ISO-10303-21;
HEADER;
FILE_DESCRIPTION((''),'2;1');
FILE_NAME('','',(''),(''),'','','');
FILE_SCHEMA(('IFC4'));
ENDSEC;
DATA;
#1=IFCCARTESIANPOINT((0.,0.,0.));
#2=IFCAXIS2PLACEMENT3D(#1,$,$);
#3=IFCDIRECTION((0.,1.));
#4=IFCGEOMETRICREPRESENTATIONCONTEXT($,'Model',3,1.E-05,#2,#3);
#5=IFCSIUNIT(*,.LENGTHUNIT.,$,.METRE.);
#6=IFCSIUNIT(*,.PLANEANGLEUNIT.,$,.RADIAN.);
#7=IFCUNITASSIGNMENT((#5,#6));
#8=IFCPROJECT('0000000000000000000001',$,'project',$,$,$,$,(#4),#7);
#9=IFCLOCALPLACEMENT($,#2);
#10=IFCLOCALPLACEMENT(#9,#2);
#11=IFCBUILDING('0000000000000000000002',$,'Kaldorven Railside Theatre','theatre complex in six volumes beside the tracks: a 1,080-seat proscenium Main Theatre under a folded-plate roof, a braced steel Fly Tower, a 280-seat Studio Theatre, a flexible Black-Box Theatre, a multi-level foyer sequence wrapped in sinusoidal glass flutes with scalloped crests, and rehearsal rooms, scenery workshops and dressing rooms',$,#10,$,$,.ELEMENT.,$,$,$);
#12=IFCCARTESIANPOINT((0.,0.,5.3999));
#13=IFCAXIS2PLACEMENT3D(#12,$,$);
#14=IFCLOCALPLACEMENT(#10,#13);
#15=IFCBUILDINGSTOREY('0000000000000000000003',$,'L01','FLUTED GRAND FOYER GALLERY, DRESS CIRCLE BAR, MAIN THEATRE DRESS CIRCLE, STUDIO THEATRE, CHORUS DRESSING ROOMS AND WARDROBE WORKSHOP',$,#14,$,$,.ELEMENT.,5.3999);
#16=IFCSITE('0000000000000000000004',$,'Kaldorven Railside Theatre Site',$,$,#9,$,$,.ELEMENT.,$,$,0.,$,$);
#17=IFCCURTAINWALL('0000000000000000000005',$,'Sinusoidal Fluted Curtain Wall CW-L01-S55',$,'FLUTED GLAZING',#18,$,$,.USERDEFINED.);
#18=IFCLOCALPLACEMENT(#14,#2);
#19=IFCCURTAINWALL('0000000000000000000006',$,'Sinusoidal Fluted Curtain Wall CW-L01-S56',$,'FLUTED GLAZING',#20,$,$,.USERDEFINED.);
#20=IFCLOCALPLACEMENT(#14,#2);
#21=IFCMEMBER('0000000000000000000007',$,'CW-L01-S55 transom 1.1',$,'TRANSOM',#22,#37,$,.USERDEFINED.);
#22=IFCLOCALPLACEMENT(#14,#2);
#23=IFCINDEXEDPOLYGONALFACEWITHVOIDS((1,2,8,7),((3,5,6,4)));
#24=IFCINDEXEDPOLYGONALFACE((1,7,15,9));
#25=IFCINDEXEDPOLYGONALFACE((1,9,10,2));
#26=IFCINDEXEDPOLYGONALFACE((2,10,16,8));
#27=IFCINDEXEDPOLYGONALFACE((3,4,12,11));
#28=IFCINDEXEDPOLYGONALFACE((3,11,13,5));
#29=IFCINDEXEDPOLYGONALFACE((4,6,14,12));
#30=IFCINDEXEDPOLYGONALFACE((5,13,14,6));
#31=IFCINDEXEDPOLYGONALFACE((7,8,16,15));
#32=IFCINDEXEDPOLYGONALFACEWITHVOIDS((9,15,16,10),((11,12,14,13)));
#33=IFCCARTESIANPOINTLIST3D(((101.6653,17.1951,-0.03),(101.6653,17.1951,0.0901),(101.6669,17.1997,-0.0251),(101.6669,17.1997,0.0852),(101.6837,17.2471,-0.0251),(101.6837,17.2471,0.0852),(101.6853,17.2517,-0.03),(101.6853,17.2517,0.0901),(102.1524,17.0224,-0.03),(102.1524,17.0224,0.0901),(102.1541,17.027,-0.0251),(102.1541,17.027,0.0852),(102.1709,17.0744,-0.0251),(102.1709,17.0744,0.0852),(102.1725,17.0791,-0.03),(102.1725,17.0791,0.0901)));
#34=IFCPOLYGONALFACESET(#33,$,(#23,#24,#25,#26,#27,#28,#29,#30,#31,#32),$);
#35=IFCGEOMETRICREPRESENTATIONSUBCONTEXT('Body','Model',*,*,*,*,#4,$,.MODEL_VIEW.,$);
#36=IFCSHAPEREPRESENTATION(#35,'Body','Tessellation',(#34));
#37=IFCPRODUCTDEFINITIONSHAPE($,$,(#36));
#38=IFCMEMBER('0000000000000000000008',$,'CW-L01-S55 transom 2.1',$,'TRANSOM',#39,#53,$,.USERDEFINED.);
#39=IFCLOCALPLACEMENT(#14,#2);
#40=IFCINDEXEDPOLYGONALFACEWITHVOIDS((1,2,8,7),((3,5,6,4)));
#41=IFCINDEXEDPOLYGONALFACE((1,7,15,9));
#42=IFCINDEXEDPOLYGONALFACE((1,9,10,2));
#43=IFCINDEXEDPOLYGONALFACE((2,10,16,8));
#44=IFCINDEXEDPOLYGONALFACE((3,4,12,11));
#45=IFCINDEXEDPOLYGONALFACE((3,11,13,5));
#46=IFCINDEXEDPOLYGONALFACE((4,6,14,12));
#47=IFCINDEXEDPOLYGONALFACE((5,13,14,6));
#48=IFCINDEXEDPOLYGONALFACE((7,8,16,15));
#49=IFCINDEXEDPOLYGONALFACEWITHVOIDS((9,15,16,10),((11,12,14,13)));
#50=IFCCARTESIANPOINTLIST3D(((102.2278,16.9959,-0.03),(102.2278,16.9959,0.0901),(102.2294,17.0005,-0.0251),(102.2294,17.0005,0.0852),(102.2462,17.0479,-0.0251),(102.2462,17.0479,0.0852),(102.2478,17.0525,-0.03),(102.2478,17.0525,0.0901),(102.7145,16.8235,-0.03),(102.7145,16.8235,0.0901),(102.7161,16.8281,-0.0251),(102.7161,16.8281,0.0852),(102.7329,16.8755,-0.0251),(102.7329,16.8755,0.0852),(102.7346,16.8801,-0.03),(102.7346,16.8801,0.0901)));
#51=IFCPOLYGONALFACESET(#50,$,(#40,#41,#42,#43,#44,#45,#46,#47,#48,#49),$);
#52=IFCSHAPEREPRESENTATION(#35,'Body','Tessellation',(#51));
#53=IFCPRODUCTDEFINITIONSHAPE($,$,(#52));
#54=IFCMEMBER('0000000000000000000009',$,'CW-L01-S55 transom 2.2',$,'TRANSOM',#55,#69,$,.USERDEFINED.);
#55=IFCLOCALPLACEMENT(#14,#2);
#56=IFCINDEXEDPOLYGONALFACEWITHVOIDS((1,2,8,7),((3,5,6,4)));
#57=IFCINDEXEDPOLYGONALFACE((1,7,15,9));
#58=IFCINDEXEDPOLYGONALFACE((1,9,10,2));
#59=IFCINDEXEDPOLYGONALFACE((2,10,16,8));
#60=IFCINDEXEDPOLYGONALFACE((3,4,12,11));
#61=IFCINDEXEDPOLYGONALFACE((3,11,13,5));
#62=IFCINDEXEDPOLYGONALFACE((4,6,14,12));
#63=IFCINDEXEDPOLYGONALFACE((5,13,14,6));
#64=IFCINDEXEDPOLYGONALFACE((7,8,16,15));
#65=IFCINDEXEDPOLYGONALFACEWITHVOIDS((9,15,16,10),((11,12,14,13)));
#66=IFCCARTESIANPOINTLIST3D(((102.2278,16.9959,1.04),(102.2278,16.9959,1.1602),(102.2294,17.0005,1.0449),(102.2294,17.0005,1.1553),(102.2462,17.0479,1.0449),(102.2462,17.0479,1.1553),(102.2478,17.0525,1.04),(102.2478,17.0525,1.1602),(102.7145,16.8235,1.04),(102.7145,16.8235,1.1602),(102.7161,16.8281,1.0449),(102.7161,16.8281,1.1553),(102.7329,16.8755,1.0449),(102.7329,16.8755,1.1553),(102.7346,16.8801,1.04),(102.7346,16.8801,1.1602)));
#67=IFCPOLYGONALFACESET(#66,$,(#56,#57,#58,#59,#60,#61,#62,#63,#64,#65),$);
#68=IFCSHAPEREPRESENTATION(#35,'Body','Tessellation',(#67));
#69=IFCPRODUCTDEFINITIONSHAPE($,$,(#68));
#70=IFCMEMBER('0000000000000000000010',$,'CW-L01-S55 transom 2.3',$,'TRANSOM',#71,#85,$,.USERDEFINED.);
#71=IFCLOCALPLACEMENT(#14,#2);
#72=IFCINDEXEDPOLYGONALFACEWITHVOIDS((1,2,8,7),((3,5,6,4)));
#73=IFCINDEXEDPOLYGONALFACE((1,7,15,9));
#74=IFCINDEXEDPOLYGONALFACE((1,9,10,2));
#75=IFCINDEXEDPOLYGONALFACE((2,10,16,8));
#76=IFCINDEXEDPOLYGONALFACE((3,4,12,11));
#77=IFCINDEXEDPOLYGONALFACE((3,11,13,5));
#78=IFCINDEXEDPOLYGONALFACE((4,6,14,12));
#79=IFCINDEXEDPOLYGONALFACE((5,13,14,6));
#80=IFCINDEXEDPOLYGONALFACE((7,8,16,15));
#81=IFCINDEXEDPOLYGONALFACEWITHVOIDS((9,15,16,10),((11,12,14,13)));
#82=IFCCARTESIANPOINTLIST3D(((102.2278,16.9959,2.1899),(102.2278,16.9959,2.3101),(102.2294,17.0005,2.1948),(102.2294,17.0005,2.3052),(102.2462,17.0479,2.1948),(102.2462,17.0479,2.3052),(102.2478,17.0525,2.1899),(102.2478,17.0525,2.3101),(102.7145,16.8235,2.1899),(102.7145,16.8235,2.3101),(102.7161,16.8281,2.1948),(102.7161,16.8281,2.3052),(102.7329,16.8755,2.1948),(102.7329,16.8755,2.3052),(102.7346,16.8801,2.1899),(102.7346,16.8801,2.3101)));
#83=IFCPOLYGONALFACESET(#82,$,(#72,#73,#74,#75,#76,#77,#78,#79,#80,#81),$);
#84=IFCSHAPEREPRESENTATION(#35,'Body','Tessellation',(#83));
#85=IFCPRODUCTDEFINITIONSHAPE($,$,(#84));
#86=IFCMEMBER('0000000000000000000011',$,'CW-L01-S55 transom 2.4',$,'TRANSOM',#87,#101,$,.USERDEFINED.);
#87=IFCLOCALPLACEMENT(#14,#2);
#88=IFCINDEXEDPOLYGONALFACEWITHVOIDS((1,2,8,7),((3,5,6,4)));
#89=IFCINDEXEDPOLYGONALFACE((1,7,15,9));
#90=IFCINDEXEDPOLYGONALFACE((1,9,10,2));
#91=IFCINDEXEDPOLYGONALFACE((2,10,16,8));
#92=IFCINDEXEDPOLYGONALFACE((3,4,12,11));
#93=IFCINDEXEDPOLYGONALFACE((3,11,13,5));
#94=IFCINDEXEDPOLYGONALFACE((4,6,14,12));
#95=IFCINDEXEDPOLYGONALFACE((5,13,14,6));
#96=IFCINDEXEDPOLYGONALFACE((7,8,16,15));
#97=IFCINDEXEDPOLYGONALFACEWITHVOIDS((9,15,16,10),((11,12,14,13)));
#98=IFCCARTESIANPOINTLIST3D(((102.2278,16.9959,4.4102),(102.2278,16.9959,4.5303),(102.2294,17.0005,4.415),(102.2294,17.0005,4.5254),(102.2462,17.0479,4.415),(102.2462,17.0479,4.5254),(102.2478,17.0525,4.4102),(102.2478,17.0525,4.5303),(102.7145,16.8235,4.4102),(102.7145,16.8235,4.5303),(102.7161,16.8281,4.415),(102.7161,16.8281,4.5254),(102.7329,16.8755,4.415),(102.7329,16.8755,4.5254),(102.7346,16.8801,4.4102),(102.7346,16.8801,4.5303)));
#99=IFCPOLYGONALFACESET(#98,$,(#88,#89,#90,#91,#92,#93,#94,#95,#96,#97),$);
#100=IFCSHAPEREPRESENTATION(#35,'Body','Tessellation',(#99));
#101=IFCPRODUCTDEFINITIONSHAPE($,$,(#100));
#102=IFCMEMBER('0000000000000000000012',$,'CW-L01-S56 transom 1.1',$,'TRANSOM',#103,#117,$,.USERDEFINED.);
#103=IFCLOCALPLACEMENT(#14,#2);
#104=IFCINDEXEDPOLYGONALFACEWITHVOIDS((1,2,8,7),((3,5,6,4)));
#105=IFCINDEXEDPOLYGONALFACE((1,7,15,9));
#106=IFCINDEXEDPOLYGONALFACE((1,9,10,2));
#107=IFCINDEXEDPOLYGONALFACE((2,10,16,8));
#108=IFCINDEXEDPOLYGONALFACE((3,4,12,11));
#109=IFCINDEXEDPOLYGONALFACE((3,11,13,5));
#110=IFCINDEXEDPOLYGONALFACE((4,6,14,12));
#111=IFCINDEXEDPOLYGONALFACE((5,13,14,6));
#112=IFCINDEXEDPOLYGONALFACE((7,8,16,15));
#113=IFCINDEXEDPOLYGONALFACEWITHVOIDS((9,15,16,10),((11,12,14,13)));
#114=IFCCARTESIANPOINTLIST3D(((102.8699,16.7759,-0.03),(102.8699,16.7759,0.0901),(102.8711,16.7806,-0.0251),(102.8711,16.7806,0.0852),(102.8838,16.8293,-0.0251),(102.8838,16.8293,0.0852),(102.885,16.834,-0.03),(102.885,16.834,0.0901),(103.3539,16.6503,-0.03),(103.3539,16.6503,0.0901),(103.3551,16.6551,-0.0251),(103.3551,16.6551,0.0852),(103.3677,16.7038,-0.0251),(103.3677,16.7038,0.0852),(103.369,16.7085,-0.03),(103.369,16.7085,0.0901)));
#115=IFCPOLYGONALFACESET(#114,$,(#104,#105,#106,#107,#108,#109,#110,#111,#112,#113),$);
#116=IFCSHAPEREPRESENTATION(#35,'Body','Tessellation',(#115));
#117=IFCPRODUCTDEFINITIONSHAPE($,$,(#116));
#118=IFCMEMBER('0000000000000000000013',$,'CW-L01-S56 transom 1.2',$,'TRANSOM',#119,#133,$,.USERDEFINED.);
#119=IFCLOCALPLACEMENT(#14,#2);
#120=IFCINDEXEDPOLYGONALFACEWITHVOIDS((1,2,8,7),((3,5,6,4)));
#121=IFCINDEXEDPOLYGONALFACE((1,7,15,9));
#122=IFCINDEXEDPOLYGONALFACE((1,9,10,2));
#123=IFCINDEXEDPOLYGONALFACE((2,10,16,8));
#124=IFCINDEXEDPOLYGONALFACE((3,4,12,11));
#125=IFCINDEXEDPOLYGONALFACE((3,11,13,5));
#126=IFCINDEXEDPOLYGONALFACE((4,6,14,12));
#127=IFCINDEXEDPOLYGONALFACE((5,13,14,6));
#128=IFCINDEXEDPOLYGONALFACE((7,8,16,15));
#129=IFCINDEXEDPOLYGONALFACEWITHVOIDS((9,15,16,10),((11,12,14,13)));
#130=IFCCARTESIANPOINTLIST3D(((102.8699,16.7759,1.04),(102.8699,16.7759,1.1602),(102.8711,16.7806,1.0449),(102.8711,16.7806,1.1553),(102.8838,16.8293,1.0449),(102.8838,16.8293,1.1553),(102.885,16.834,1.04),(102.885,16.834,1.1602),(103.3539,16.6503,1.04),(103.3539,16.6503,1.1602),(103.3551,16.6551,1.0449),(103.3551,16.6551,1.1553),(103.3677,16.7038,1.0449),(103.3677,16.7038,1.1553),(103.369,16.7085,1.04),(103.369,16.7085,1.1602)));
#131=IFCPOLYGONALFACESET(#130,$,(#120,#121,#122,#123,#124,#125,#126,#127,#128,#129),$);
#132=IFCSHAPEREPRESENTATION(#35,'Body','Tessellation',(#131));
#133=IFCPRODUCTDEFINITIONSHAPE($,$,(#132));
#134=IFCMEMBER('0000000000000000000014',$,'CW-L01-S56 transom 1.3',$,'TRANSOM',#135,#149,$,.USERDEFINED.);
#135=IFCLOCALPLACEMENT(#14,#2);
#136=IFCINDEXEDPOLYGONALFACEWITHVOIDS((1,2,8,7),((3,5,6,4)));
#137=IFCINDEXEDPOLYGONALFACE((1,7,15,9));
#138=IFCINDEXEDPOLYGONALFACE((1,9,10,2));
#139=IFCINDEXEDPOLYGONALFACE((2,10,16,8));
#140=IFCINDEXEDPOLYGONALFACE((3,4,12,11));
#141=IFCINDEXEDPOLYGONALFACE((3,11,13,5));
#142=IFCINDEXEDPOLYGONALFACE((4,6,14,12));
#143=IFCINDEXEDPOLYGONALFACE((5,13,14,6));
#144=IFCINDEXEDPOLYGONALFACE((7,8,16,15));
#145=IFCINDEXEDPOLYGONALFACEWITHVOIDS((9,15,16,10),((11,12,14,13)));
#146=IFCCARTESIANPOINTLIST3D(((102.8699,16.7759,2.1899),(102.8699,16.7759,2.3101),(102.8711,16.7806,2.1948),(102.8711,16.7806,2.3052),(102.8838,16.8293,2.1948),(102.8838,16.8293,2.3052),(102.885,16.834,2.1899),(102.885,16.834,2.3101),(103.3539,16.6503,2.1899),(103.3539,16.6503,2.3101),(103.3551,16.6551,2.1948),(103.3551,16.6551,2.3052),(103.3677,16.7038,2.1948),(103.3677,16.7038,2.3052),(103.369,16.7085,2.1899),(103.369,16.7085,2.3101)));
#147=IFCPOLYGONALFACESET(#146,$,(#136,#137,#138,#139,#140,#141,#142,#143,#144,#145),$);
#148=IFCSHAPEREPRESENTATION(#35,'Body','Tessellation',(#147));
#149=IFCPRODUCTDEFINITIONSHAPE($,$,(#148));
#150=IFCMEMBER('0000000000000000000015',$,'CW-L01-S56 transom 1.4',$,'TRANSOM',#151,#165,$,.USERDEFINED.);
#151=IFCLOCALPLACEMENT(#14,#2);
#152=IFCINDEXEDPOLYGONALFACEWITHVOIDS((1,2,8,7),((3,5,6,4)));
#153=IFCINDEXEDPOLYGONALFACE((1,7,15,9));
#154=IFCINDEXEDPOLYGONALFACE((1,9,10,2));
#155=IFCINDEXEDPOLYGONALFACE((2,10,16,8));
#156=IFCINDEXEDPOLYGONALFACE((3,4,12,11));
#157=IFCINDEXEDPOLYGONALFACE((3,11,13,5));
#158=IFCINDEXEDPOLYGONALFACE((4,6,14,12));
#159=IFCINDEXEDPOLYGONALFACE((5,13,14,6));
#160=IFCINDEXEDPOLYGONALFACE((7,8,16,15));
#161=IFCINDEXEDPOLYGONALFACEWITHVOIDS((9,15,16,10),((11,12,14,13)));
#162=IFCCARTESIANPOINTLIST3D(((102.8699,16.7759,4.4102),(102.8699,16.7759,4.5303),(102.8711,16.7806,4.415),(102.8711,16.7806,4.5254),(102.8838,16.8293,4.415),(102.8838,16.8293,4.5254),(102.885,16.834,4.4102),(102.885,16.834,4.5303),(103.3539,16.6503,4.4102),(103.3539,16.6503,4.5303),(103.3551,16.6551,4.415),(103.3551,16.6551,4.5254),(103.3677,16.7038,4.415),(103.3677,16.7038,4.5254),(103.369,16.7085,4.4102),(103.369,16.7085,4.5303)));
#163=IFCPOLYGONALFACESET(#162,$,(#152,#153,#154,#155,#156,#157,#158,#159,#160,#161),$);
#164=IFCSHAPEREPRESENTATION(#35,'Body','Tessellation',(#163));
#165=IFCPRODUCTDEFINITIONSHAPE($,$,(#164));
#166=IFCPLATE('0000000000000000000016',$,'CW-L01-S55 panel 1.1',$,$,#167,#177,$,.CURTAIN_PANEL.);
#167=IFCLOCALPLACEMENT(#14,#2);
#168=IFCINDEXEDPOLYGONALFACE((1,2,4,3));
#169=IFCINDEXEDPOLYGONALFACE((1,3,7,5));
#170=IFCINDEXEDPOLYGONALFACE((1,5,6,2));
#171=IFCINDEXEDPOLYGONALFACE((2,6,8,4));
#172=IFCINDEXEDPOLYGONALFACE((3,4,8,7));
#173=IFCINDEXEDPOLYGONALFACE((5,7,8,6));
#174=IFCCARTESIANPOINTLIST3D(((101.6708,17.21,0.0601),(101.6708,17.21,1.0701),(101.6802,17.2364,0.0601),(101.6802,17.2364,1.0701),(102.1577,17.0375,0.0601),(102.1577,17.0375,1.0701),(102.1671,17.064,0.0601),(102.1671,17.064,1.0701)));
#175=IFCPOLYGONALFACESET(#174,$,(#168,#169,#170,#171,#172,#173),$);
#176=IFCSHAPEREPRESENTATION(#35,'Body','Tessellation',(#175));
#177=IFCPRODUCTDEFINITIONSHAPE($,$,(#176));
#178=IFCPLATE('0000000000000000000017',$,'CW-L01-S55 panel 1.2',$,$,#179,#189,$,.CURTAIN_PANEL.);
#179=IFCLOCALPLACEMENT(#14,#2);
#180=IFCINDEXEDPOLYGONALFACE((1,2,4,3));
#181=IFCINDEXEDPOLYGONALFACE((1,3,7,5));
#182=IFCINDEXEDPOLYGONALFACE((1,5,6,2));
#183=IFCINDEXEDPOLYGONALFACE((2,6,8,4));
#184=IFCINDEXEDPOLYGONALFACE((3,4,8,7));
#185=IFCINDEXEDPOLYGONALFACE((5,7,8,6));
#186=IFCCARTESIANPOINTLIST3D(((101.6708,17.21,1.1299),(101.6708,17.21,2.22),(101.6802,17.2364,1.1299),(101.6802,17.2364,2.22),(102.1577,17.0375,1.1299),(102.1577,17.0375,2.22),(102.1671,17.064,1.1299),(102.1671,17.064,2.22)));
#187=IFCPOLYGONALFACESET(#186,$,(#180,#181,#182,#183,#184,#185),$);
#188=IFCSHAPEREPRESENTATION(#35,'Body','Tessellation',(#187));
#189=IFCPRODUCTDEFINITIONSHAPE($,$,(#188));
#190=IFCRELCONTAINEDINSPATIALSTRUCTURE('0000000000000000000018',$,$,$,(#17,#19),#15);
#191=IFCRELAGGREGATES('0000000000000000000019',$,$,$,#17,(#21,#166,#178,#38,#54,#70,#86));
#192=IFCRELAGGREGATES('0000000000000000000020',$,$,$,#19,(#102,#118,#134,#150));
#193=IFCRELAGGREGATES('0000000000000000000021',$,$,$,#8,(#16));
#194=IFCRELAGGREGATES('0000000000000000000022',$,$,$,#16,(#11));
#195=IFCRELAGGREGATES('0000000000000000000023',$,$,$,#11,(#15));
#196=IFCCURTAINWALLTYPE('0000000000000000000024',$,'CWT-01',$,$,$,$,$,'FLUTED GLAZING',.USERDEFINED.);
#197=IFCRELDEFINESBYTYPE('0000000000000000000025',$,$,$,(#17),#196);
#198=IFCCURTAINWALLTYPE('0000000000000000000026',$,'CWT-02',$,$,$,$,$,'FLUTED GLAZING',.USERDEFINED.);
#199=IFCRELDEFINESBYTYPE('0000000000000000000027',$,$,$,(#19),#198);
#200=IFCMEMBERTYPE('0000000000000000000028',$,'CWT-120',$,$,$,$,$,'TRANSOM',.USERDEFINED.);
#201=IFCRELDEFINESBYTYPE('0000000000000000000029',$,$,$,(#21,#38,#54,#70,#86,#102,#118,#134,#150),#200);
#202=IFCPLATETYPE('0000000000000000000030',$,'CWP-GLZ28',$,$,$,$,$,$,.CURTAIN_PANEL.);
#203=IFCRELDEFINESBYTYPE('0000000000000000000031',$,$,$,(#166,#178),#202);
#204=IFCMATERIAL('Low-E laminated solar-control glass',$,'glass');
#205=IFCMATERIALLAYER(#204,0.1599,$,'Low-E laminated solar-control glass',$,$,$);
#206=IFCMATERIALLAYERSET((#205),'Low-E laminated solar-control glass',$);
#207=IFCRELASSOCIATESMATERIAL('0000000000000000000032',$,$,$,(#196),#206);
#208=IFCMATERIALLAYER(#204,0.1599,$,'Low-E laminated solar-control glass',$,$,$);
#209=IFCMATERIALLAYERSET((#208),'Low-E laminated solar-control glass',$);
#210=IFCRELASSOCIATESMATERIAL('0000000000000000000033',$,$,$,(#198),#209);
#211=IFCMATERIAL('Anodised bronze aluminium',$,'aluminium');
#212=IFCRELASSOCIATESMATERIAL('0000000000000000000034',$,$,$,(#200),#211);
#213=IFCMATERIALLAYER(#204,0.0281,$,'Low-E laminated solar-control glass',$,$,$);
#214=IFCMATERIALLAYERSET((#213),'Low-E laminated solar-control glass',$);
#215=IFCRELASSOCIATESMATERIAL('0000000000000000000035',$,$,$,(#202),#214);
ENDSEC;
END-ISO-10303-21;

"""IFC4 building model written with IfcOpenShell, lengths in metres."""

from ifc_helpers import new_model, si_unit, direction, frame, origin, origin_2d, place, context, subcontext, project, spatial, rectangle, hollow_rectangle, extrude, material, layer, layer_set, material_profile, profile_set, type_object, element, aggregate, save


model = new_model("IFC4")

# Units and contexts
model_context = context("Model", 3, precision=1e-05, world=origin(), true_north=direction((0.0, 1.0)))
body_context = subcontext(model_context, "Body", "Model", "MODEL_VIEW")
ifc_project = project(units=[si_unit("LENGTHUNIT", "METRE"), si_unit("PLANEANGLEUNIT", "RADIAN")], contexts=[model_context])

# Site, building, storey
site_placement = place(None, origin())
site = spatial("IfcSite", under=ifc_project, at=site_placement, Name="Kaldorven Railside Theatre Site", CompositionType="ELEMENT", RefElevation=0.0)
building_placement = place(site_placement, origin())
building = spatial("IfcBuilding", under=site, at=building_placement, Name="Kaldorven Railside Theatre", Description="theatre complex in six volumes beside the tracks: a 1,080-seat proscenium Main Theatre under a folded-plate roof, a braced steel Fly Tower, a 280-seat Studio Theatre, a flexible Black-Box Theatre, a multi-level foyer sequence wrapped in sinusoidal glass flutes with scalloped crests, and rehearsal rooms, scenery workshops and dressing rooms", CompositionType="ELEMENT")
storey_placement = place(building_placement, frame((0.0, 0.0, 5.3999)))
storey = spatial("IfcBuildingStorey", under=building, at=storey_placement, Name="L01", Description="FLUTED GRAND FOYER GALLERY, DRESS CIRCLE BAR, MAIN THEATRE DRESS CIRCLE, STUDIO THEATRE, CHORUS DRESSING ROOMS AND WARDROBE WORKSHOP", CompositionType="ELEMENT", Elevation=5.3999)

# Curtain walls
ifc_material_1 = material(Name="Low-E laminated solar-control glass", Category="glass")
ifc_layer_1 = layer(ifc_material_1, 0.1599, Name="Low-E laminated solar-control glass")
ifc_layer_set_1 = layer_set([ifc_layer_1], Name="Low-E laminated solar-control glass")
curtain_wall_type_1 = type_object("IfcCurtainWallType", Name="CWT-01", ElementType="FLUTED GLAZING", PredefinedType="USERDEFINED", material=ifc_layer_set_1)
curtain_wall_1_placement = place(storey_placement, origin())
curtain_wall_1 = element("IfcCurtainWall", 1, at=curtain_wall_1_placement, inside=storey, type_object=curtain_wall_type_1, Name="Sinusoidal Fluted Curtain Wall CW-L01-S55", ObjectType="FLUTED GLAZING", PredefinedType="USERDEFINED")
ifc_material_2 = material(Name="Anodised bronze aluminium", Category="aluminium")
ifc_layer_2 = layer(ifc_material_1, 0.1599, Name="Low-E laminated solar-control glass")
ifc_layer_set_2 = layer_set([ifc_layer_2], Name="Low-E laminated solar-control glass")
curtain_wall_type_2 = type_object("IfcCurtainWallType", Name="CWT-02", ElementType="FLUTED GLAZING", PredefinedType="USERDEFINED", material=ifc_layer_set_2)
curtain_wall_2_placement = place(storey_placement, origin())
curtain_wall_2 = element("IfcCurtainWall", 2, at=curtain_wall_2_placement, inside=storey, type_object=curtain_wall_type_2, Name="Sinusoidal Fluted Curtain Wall CW-L01-S56", ObjectType="FLUTED GLAZING", PredefinedType="USERDEFINED")

# Members
ifc_material_profile_1 = material_profile(ifc_material_2, hollow_rectangle(XDim=0.0601, YDim=0.1201, WallThickness=0.0049, at=origin_2d()), Name="RHS 120x60x5")
ifc_profile_set_1 = profile_set([ifc_material_profile_1], Name="Anodised bronze aluminium")
member_type_1 = type_object("IfcMemberType", Name="CWT-120", ElementType="TRANSOM", PredefinedType="USERDEFINED", material=ifc_profile_set_1)
member_1_placement = place(storey_placement, frame((101.6753, 17.2234, 0.03), z_axis=(0.942562, -0.334031, 0.0), x_axis=(0.334031, 0.942562, 0.0)))
member_1 = element("IfcMember", 3, at=member_1_placement, type_object=member_type_1, Name="CW-L01-S55 transom 1.1", ObjectType="TRANSOM", PredefinedType="USERDEFINED", context=body_context, shape_type="SweptSolid", body=[
    extrude(hollow_rectangle(XDim=0.0601, YDim=0.1201, WallThickness=0.0049, at=origin_2d()), origin(), (0.0, 0.0, 1.0), 0.5168),
])
member_2_placement = place(storey_placement, frame((102.2378, 17.0242, 0.03), z_axis=(0.942658, -0.33376, 0.0), x_axis=(0.33376, 0.942658, 0.0)))
member_2 = element("IfcMember", 4, at=member_2_placement, type_object=member_type_1, Name="CW-L01-S55 transom 2.1", ObjectType="TRANSOM", PredefinedType="USERDEFINED", context=body_context, shape_type="SweptSolid", body=[
    extrude(hollow_rectangle(XDim=0.0601, YDim=0.1201, WallThickness=0.0049, at=origin_2d()), origin(), (0.0, 0.0, 1.0), 0.5164),
])
member_3_placement = place(storey_placement, frame((102.2378, 17.0242, 1.1001), z_axis=(0.942658, -0.33376, 0.0), x_axis=(0.33376, 0.942658, 0.0)))
member_3 = element("IfcMember", 5, at=member_3_placement, type_object=member_type_1, Name="CW-L01-S55 transom 2.2", ObjectType="TRANSOM", PredefinedType="USERDEFINED", context=body_context, shape_type="SweptSolid", body=[
    extrude(hollow_rectangle(XDim=0.0601, YDim=0.1201, WallThickness=0.0049, at=origin_2d()), origin(), (0.0, 0.0, 1.0), 0.5164),
])
member_4_placement = place(storey_placement, frame((102.2378, 17.0242, 2.25), z_axis=(0.942658, -0.33376, 0.0), x_axis=(0.33376, 0.942658, 0.0)))
member_4 = element("IfcMember", 6, at=member_4_placement, type_object=member_type_1, Name="CW-L01-S55 transom 2.3", ObjectType="TRANSOM", PredefinedType="USERDEFINED", context=body_context, shape_type="SweptSolid", body=[
    extrude(hollow_rectangle(XDim=0.0601, YDim=0.1201, WallThickness=0.0049, at=origin_2d()), origin(), (0.0, 0.0, 1.0), 0.5164),
])
member_5_placement = place(storey_placement, frame((102.2378, 17.0242, 4.4702), z_axis=(0.942658, -0.33376, 0.0), x_axis=(0.33376, 0.942658, 0.0)))
member_5 = element("IfcMember", 7, at=member_5_placement, type_object=member_type_1, Name="CW-L01-S55 transom 2.4", ObjectType="TRANSOM", PredefinedType="USERDEFINED", context=body_context, shape_type="SweptSolid", body=[
    extrude(hollow_rectangle(XDim=0.0601, YDim=0.1201, WallThickness=0.0049, at=origin_2d()), origin(), (0.0, 0.0, 1.0), 0.5164),
])
member_6_placement = place(storey_placement, frame((102.8774, 16.8049, 0.03), z_axis=(0.967979, -0.25103, 0.0), x_axis=(0.25103, 0.967979, 0.0)))
member_6 = element("IfcMember", 8, at=member_6_placement, type_object=member_type_1, Name="CW-L01-S56 transom 1.1", ObjectType="TRANSOM", PredefinedType="USERDEFINED", context=body_context, shape_type="SweptSolid", body=[
    extrude(hollow_rectangle(XDim=0.0601, YDim=0.1201, WallThickness=0.0049, at=origin_2d()), origin(), (0.0, 0.0, 1.0), 0.5),
])
member_7_placement = place(storey_placement, frame((102.8774, 16.8049, 1.1001), z_axis=(0.967979, -0.25103, 0.0), x_axis=(0.25103, 0.967979, 0.0)))
member_7 = element("IfcMember", 9, at=member_7_placement, type_object=member_type_1, Name="CW-L01-S56 transom 1.2", ObjectType="TRANSOM", PredefinedType="USERDEFINED", context=body_context, shape_type="SweptSolid", body=[
    extrude(hollow_rectangle(XDim=0.0601, YDim=0.1201, WallThickness=0.0049, at=origin_2d()), origin(), (0.0, 0.0, 1.0), 0.5),
])
member_8_placement = place(storey_placement, frame((102.8774, 16.8049, 2.25), z_axis=(0.967979, -0.25103, 0.0), x_axis=(0.25103, 0.967979, 0.0)))
member_8 = element("IfcMember", 10, at=member_8_placement, type_object=member_type_1, Name="CW-L01-S56 transom 1.3", ObjectType="TRANSOM", PredefinedType="USERDEFINED", context=body_context, shape_type="SweptSolid", body=[
    extrude(hollow_rectangle(XDim=0.0601, YDim=0.1201, WallThickness=0.0049, at=origin_2d()), origin(), (0.0, 0.0, 1.0), 0.5),
])
member_9_placement = place(storey_placement, frame((102.8774, 16.8049, 4.4702), z_axis=(0.967979, -0.25103, 0.0), x_axis=(0.25103, 0.967979, 0.0)))
member_9 = element("IfcMember", 11, at=member_9_placement, type_object=member_type_1, Name="CW-L01-S56 transom 1.4", ObjectType="TRANSOM", PredefinedType="USERDEFINED", context=body_context, shape_type="SweptSolid", body=[
    extrude(hollow_rectangle(XDim=0.0601, YDim=0.1201, WallThickness=0.0049, at=origin_2d()), origin(), (0.0, 0.0, 1.0), 0.5),
])

# Plates
ifc_layer_3 = layer(ifc_material_1, 0.0281, Name="Low-E laminated solar-control glass")
ifc_layer_set_3 = layer_set([ifc_layer_3], Name="Low-E laminated solar-control glass")
plate_type = type_object("IfcPlateType", Name="CWP-GLZ28", PredefinedType="CURTAIN_PANEL", material=ifc_layer_set_3)
plate_1_placement = place(storey_placement, frame((101.9189, 17.137, 0.0601), z_axis=(0.0, 0.0, 1.0), x_axis=(0.942627, -0.333847, 0.0)))
plate_1 = element("IfcPlate", 12, at=plate_1_placement, type_object=plate_type, Name="CW-L01-S55 panel 1.1", PredefinedType="CURTAIN_PANEL", context=body_context, shape_type="SweptSolid", body=[
    extrude(rectangle(XDim=0.5166, YDim=0.0281, at=origin_2d()), origin(), (0.0, 0.0, 1.0), 1.01),
])
plate_2_placement = place(storey_placement, frame((101.9189, 17.137, 1.1299), z_axis=(0.0, 0.0, 1.0), x_axis=(0.942627, -0.333847, 0.0)))
plate_2 = element("IfcPlate", 13, at=plate_2_placement, type_object=plate_type, Name="CW-L01-S55 panel 1.2", PredefinedType="CURTAIN_PANEL", context=body_context, shape_type="SweptSolid", body=[
    extrude(rectangle(XDim=0.5166, YDim=0.0281, at=origin_2d()), origin(), (0.0, 0.0, 1.0), 1.0901),
])
aggregate(curtain_wall_1, [member_1, plate_1, plate_2, member_2, member_3, member_4, member_5])
aggregate(curtain_wall_2, [member_6, member_7, member_8, member_9])

save(model, "model.ifc")
